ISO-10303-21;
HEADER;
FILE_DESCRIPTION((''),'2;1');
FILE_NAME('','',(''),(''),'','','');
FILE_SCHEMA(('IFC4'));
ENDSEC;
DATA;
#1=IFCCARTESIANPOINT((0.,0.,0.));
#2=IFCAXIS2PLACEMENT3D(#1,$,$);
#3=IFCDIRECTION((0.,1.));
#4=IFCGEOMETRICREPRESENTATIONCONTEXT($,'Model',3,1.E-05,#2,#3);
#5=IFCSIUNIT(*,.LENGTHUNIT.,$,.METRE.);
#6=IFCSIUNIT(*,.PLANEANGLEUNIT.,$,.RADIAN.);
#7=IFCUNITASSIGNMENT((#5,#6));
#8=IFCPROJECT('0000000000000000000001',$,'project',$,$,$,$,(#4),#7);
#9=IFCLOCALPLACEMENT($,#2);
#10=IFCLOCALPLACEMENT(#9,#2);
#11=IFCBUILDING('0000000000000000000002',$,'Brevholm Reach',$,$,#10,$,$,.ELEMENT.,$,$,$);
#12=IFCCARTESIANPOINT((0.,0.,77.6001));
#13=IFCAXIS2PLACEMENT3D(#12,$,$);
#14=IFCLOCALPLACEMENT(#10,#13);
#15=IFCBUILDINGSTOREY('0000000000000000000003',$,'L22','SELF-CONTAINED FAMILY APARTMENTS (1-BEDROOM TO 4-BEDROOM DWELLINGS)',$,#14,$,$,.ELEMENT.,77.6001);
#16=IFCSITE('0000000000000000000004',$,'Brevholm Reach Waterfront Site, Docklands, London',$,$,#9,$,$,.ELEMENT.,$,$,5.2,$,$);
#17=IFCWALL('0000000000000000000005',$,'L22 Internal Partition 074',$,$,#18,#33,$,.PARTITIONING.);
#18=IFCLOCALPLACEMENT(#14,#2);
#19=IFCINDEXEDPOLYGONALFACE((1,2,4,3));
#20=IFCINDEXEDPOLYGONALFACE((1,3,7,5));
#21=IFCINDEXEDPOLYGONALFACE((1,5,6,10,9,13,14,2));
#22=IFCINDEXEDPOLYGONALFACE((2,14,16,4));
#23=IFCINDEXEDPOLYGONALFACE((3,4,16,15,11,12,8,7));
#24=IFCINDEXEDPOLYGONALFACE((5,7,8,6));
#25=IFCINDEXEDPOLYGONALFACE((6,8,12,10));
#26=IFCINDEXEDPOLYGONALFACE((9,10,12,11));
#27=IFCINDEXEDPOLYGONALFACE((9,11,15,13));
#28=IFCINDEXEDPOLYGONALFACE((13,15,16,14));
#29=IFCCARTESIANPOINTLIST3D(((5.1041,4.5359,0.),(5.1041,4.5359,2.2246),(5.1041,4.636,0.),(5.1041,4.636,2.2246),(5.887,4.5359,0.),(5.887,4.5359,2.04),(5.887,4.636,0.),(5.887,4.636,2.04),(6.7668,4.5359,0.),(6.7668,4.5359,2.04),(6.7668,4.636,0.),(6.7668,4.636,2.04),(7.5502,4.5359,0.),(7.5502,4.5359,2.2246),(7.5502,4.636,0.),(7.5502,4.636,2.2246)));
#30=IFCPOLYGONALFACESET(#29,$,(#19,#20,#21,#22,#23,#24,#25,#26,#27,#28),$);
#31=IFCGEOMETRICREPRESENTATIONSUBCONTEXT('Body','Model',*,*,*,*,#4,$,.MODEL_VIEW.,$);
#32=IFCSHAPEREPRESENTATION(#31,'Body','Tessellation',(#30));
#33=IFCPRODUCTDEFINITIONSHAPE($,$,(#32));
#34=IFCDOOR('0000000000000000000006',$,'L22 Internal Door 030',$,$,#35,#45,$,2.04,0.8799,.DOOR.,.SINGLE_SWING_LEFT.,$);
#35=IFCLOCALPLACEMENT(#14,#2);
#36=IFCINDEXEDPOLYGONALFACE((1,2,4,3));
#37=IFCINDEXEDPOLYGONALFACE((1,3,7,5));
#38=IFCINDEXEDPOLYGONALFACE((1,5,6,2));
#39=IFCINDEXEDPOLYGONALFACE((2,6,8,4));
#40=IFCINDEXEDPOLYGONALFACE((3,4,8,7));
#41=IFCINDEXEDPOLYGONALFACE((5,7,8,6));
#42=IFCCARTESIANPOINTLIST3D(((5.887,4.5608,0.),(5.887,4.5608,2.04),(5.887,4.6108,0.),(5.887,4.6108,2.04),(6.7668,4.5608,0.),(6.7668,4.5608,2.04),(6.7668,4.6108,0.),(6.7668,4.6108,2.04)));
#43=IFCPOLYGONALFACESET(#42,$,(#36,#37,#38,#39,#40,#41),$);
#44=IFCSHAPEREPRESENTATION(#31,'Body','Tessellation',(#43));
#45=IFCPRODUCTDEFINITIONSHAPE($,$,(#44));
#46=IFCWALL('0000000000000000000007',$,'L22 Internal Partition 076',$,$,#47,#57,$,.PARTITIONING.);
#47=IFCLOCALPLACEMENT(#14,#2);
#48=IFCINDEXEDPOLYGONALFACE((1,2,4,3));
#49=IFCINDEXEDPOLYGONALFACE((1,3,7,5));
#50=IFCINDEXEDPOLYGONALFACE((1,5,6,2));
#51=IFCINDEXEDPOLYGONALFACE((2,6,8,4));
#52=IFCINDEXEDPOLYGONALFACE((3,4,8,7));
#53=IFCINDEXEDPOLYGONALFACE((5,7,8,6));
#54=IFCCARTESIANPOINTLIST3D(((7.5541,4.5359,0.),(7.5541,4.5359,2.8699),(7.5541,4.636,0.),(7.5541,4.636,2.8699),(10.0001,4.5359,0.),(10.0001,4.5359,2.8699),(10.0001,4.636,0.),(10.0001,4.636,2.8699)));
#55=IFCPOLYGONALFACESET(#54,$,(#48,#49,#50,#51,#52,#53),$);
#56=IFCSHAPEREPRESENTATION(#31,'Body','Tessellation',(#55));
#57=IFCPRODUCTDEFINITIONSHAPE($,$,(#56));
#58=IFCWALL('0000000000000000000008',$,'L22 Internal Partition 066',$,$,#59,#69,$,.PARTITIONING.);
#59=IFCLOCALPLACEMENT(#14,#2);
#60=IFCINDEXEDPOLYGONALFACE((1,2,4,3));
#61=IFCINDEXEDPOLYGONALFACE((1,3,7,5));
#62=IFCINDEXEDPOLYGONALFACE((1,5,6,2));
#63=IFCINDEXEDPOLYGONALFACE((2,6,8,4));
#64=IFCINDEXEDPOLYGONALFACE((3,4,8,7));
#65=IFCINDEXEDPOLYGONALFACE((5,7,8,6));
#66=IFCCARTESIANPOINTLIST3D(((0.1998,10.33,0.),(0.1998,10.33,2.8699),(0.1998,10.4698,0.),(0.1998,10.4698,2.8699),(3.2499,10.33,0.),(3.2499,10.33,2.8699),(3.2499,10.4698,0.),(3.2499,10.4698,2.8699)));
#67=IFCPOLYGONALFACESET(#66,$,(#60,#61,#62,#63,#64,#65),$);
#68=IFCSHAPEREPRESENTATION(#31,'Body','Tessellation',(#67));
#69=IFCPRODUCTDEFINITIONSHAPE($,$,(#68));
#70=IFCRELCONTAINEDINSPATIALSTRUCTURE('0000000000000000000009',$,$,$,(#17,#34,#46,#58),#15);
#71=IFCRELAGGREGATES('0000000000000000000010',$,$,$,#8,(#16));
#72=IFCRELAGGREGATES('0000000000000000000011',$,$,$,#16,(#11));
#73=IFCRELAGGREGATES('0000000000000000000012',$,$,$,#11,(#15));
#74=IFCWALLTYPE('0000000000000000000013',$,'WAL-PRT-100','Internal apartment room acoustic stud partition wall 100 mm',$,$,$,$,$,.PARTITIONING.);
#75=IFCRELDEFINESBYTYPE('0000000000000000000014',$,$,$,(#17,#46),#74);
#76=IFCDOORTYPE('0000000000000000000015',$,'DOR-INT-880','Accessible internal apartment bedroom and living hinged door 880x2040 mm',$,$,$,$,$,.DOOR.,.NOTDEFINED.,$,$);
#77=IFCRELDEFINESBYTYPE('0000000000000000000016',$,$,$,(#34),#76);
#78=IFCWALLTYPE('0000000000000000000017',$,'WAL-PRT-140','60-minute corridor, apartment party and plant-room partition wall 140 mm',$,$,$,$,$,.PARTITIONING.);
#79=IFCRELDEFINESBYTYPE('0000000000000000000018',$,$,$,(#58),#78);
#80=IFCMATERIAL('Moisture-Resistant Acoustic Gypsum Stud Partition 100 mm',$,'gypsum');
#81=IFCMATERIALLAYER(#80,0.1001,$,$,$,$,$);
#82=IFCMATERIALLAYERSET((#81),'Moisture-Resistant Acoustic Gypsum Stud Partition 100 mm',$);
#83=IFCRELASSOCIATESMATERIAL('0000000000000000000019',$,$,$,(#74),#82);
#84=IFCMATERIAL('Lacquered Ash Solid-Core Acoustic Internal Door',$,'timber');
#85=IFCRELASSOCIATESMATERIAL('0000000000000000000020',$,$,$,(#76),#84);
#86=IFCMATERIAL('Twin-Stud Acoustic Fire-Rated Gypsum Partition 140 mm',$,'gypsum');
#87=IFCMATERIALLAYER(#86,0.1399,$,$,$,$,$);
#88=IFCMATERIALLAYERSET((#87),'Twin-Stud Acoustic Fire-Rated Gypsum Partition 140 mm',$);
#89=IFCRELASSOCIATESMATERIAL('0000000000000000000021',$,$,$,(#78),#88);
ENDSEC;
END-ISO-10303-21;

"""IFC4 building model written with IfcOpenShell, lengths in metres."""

from ifc_helpers import new_model, si_unit, direction, frame, frame_2d, origin, place, context, subcontext, project, spatial, rectangle, extrude, material, layer, layer_set, type_object, element, fill, save


model = new_model("IFC4")

# Units and contexts
model_context = context("Model", 3, precision=1e-05, world=origin(), true_north=direction((0.0, 1.0)))
body_context = subcontext(model_context, "Body", "Model", "MODEL_VIEW")
ifc_project = project(units=[si_unit("LENGTHUNIT", "METRE"), si_unit("PLANEANGLEUNIT", "RADIAN")], contexts=[model_context])

# Site, building, storey
site_placement = place(None, origin())
site = spatial("IfcSite", under=ifc_project, at=site_placement, Name="Brevholm Reach Waterfront Site, Docklands, London", CompositionType="ELEMENT", RefElevation=5.2)
building_placement = place(site_placement, origin())
building = spatial("IfcBuilding", under=site, at=building_placement, Name="Brevholm Reach", CompositionType="ELEMENT")
storey_placement = place(building_placement, frame((0.0, 0.0, 77.6001)))
storey = spatial("IfcBuildingStorey", under=building, at=storey_placement, Name="L22", Description="SELF-CONTAINED FAMILY APARTMENTS (1-BEDROOM TO 4-BEDROOM DWELLINGS)", CompositionType="ELEMENT", Elevation=77.6001)

# Shared definitions
ifc_material_1 = material(Name="Moisture-Resistant Acoustic Gypsum Stud Partition 100 mm", Category="gypsum")
ifc_layer_1 = layer(ifc_material_1, 0.1001)
ifc_layer_set_1 = layer_set([ifc_layer_1], Name="Moisture-Resistant Acoustic Gypsum Stud Partition 100 mm")
wall_type_1 = type_object("IfcWallType", Name="WAL-PRT-100", Description="Internal apartment room acoustic stud partition wall 100 mm", PredefinedType="PARTITIONING", material=ifc_layer_set_1)

# Shared definitions
ifc_material_2 = material(Name="Lacquered Ash Solid-Core Acoustic Internal Door", Category="timber")
door_type_1 = type_object("IfcDoorType", Name="DOR-INT-880", Description="Accessible internal apartment bedroom and living hinged door 880x2040 mm", OperationType="NOTDEFINED", PredefinedType="DOOR", material=ifc_material_2)

# Wall, opening, door
wall_1_placement = place(storey_placement, frame((5.104, 4.5859, 0.0), z_axis=(0.0, 0.0, 1.0), x_axis=(1.0, 0.0, 0.0)))
wall_1 = element("IfcWall", 1, at=wall_1_placement, inside=storey, type_object=wall_type_1, Name="L22 Internal Partition 074", PredefinedType="PARTITIONING", context=body_context, shape_type="SweptSolid", body=[
    extrude(rectangle(XDim=2.446, YDim=0.1001, at=frame_2d((1.2231, 0.0))), origin(), (0.0, 0.0, 1.0), 2.2246),
])
opening_1_placement = place(wall_1_placement, frame((0.783, 0.0, 0.0)))
opening_1 = element("IfcOpeningElement", 2, at=opening_1_placement, cuts=wall_1, PredefinedType="OPENING", context=body_context, shape_type="SweptSolid", body=[
    extrude(rectangle(XDim=0.8799, YDim=2.04, at=frame_2d((0.4399, 1.02))), frame((0.0, 0.0601, 0.0), z_axis=(0.0, -1.0, 0.0), x_axis=(1.0, 0.0, 0.0)), (0.0, 0.0, 1.0), 0.1201),
])
door_1_placement = place(opening_1_placement, origin())
door_1 = element("IfcDoor", 3, at=door_1_placement, inside=storey, type_object=door_type_1, Name="L22 Internal Door 030", OperationType="SINGLE_SWING_LEFT", OverallHeight=2.04, OverallWidth=0.8799, PredefinedType="DOOR", context=body_context, shape_type="SweptSolid", body=[
    extrude(rectangle(XDim=0.8799, YDim=2.04, at=frame_2d((0.4399, 1.02))), frame((0.0, 0.0249, 0.0), z_axis=(0.0, -1.0, 0.0), x_axis=(1.0, 0.0, 0.0)), (0.0, 0.0, 1.0), 0.05),
])
fill(opening_1, door_1)

# Walls
wall_2_placement = place(storey_placement, frame((7.554, 4.5859, 0.0), z_axis=(0.0, 0.0, 1.0), x_axis=(1.0, 0.0, 0.0)))
element("IfcWall", 4, at=wall_2_placement, inside=storey, type_object=wall_type_1, Name="L22 Internal Partition 076", PredefinedType="PARTITIONING", context=body_context, shape_type="SweptSolid", body=[
    extrude(rectangle(XDim=2.446, YDim=0.1001, at=frame_2d((1.2231, 0.0))), origin(), (0.0, 0.0, 1.0), 2.8699),
])
ifc_material_3 = material(Name="Twin-Stud Acoustic Fire-Rated Gypsum Partition 140 mm", Category="gypsum")
ifc_layer_2 = layer(ifc_material_3, 0.1399)
ifc_layer_set_2 = layer_set([ifc_layer_2], Name="Twin-Stud Acoustic Fire-Rated Gypsum Partition 140 mm")
wall_type_2 = type_object("IfcWallType", Name="WAL-PRT-140", Description="60-minute corridor, apartment party and plant-room partition wall 140 mm", PredefinedType="PARTITIONING", material=ifc_layer_set_2)
wall_3_placement = place(storey_placement, frame((0.2, 10.3999, 0.0), z_axis=(0.0, 0.0, 1.0), x_axis=(1.0, 0.0, 0.0)))
element("IfcWall", 5, at=wall_3_placement, inside=storey, type_object=wall_type_2, Name="L22 Internal Partition 066", PredefinedType="PARTITIONING", context=body_context, shape_type="SweptSolid", body=[
    extrude(rectangle(XDim=3.05, YDim=0.1399, at=frame_2d((1.5249, 0.0))), origin(), (0.0, 0.0, 1.0), 2.8699),
])

save(model, "model.ifc")
